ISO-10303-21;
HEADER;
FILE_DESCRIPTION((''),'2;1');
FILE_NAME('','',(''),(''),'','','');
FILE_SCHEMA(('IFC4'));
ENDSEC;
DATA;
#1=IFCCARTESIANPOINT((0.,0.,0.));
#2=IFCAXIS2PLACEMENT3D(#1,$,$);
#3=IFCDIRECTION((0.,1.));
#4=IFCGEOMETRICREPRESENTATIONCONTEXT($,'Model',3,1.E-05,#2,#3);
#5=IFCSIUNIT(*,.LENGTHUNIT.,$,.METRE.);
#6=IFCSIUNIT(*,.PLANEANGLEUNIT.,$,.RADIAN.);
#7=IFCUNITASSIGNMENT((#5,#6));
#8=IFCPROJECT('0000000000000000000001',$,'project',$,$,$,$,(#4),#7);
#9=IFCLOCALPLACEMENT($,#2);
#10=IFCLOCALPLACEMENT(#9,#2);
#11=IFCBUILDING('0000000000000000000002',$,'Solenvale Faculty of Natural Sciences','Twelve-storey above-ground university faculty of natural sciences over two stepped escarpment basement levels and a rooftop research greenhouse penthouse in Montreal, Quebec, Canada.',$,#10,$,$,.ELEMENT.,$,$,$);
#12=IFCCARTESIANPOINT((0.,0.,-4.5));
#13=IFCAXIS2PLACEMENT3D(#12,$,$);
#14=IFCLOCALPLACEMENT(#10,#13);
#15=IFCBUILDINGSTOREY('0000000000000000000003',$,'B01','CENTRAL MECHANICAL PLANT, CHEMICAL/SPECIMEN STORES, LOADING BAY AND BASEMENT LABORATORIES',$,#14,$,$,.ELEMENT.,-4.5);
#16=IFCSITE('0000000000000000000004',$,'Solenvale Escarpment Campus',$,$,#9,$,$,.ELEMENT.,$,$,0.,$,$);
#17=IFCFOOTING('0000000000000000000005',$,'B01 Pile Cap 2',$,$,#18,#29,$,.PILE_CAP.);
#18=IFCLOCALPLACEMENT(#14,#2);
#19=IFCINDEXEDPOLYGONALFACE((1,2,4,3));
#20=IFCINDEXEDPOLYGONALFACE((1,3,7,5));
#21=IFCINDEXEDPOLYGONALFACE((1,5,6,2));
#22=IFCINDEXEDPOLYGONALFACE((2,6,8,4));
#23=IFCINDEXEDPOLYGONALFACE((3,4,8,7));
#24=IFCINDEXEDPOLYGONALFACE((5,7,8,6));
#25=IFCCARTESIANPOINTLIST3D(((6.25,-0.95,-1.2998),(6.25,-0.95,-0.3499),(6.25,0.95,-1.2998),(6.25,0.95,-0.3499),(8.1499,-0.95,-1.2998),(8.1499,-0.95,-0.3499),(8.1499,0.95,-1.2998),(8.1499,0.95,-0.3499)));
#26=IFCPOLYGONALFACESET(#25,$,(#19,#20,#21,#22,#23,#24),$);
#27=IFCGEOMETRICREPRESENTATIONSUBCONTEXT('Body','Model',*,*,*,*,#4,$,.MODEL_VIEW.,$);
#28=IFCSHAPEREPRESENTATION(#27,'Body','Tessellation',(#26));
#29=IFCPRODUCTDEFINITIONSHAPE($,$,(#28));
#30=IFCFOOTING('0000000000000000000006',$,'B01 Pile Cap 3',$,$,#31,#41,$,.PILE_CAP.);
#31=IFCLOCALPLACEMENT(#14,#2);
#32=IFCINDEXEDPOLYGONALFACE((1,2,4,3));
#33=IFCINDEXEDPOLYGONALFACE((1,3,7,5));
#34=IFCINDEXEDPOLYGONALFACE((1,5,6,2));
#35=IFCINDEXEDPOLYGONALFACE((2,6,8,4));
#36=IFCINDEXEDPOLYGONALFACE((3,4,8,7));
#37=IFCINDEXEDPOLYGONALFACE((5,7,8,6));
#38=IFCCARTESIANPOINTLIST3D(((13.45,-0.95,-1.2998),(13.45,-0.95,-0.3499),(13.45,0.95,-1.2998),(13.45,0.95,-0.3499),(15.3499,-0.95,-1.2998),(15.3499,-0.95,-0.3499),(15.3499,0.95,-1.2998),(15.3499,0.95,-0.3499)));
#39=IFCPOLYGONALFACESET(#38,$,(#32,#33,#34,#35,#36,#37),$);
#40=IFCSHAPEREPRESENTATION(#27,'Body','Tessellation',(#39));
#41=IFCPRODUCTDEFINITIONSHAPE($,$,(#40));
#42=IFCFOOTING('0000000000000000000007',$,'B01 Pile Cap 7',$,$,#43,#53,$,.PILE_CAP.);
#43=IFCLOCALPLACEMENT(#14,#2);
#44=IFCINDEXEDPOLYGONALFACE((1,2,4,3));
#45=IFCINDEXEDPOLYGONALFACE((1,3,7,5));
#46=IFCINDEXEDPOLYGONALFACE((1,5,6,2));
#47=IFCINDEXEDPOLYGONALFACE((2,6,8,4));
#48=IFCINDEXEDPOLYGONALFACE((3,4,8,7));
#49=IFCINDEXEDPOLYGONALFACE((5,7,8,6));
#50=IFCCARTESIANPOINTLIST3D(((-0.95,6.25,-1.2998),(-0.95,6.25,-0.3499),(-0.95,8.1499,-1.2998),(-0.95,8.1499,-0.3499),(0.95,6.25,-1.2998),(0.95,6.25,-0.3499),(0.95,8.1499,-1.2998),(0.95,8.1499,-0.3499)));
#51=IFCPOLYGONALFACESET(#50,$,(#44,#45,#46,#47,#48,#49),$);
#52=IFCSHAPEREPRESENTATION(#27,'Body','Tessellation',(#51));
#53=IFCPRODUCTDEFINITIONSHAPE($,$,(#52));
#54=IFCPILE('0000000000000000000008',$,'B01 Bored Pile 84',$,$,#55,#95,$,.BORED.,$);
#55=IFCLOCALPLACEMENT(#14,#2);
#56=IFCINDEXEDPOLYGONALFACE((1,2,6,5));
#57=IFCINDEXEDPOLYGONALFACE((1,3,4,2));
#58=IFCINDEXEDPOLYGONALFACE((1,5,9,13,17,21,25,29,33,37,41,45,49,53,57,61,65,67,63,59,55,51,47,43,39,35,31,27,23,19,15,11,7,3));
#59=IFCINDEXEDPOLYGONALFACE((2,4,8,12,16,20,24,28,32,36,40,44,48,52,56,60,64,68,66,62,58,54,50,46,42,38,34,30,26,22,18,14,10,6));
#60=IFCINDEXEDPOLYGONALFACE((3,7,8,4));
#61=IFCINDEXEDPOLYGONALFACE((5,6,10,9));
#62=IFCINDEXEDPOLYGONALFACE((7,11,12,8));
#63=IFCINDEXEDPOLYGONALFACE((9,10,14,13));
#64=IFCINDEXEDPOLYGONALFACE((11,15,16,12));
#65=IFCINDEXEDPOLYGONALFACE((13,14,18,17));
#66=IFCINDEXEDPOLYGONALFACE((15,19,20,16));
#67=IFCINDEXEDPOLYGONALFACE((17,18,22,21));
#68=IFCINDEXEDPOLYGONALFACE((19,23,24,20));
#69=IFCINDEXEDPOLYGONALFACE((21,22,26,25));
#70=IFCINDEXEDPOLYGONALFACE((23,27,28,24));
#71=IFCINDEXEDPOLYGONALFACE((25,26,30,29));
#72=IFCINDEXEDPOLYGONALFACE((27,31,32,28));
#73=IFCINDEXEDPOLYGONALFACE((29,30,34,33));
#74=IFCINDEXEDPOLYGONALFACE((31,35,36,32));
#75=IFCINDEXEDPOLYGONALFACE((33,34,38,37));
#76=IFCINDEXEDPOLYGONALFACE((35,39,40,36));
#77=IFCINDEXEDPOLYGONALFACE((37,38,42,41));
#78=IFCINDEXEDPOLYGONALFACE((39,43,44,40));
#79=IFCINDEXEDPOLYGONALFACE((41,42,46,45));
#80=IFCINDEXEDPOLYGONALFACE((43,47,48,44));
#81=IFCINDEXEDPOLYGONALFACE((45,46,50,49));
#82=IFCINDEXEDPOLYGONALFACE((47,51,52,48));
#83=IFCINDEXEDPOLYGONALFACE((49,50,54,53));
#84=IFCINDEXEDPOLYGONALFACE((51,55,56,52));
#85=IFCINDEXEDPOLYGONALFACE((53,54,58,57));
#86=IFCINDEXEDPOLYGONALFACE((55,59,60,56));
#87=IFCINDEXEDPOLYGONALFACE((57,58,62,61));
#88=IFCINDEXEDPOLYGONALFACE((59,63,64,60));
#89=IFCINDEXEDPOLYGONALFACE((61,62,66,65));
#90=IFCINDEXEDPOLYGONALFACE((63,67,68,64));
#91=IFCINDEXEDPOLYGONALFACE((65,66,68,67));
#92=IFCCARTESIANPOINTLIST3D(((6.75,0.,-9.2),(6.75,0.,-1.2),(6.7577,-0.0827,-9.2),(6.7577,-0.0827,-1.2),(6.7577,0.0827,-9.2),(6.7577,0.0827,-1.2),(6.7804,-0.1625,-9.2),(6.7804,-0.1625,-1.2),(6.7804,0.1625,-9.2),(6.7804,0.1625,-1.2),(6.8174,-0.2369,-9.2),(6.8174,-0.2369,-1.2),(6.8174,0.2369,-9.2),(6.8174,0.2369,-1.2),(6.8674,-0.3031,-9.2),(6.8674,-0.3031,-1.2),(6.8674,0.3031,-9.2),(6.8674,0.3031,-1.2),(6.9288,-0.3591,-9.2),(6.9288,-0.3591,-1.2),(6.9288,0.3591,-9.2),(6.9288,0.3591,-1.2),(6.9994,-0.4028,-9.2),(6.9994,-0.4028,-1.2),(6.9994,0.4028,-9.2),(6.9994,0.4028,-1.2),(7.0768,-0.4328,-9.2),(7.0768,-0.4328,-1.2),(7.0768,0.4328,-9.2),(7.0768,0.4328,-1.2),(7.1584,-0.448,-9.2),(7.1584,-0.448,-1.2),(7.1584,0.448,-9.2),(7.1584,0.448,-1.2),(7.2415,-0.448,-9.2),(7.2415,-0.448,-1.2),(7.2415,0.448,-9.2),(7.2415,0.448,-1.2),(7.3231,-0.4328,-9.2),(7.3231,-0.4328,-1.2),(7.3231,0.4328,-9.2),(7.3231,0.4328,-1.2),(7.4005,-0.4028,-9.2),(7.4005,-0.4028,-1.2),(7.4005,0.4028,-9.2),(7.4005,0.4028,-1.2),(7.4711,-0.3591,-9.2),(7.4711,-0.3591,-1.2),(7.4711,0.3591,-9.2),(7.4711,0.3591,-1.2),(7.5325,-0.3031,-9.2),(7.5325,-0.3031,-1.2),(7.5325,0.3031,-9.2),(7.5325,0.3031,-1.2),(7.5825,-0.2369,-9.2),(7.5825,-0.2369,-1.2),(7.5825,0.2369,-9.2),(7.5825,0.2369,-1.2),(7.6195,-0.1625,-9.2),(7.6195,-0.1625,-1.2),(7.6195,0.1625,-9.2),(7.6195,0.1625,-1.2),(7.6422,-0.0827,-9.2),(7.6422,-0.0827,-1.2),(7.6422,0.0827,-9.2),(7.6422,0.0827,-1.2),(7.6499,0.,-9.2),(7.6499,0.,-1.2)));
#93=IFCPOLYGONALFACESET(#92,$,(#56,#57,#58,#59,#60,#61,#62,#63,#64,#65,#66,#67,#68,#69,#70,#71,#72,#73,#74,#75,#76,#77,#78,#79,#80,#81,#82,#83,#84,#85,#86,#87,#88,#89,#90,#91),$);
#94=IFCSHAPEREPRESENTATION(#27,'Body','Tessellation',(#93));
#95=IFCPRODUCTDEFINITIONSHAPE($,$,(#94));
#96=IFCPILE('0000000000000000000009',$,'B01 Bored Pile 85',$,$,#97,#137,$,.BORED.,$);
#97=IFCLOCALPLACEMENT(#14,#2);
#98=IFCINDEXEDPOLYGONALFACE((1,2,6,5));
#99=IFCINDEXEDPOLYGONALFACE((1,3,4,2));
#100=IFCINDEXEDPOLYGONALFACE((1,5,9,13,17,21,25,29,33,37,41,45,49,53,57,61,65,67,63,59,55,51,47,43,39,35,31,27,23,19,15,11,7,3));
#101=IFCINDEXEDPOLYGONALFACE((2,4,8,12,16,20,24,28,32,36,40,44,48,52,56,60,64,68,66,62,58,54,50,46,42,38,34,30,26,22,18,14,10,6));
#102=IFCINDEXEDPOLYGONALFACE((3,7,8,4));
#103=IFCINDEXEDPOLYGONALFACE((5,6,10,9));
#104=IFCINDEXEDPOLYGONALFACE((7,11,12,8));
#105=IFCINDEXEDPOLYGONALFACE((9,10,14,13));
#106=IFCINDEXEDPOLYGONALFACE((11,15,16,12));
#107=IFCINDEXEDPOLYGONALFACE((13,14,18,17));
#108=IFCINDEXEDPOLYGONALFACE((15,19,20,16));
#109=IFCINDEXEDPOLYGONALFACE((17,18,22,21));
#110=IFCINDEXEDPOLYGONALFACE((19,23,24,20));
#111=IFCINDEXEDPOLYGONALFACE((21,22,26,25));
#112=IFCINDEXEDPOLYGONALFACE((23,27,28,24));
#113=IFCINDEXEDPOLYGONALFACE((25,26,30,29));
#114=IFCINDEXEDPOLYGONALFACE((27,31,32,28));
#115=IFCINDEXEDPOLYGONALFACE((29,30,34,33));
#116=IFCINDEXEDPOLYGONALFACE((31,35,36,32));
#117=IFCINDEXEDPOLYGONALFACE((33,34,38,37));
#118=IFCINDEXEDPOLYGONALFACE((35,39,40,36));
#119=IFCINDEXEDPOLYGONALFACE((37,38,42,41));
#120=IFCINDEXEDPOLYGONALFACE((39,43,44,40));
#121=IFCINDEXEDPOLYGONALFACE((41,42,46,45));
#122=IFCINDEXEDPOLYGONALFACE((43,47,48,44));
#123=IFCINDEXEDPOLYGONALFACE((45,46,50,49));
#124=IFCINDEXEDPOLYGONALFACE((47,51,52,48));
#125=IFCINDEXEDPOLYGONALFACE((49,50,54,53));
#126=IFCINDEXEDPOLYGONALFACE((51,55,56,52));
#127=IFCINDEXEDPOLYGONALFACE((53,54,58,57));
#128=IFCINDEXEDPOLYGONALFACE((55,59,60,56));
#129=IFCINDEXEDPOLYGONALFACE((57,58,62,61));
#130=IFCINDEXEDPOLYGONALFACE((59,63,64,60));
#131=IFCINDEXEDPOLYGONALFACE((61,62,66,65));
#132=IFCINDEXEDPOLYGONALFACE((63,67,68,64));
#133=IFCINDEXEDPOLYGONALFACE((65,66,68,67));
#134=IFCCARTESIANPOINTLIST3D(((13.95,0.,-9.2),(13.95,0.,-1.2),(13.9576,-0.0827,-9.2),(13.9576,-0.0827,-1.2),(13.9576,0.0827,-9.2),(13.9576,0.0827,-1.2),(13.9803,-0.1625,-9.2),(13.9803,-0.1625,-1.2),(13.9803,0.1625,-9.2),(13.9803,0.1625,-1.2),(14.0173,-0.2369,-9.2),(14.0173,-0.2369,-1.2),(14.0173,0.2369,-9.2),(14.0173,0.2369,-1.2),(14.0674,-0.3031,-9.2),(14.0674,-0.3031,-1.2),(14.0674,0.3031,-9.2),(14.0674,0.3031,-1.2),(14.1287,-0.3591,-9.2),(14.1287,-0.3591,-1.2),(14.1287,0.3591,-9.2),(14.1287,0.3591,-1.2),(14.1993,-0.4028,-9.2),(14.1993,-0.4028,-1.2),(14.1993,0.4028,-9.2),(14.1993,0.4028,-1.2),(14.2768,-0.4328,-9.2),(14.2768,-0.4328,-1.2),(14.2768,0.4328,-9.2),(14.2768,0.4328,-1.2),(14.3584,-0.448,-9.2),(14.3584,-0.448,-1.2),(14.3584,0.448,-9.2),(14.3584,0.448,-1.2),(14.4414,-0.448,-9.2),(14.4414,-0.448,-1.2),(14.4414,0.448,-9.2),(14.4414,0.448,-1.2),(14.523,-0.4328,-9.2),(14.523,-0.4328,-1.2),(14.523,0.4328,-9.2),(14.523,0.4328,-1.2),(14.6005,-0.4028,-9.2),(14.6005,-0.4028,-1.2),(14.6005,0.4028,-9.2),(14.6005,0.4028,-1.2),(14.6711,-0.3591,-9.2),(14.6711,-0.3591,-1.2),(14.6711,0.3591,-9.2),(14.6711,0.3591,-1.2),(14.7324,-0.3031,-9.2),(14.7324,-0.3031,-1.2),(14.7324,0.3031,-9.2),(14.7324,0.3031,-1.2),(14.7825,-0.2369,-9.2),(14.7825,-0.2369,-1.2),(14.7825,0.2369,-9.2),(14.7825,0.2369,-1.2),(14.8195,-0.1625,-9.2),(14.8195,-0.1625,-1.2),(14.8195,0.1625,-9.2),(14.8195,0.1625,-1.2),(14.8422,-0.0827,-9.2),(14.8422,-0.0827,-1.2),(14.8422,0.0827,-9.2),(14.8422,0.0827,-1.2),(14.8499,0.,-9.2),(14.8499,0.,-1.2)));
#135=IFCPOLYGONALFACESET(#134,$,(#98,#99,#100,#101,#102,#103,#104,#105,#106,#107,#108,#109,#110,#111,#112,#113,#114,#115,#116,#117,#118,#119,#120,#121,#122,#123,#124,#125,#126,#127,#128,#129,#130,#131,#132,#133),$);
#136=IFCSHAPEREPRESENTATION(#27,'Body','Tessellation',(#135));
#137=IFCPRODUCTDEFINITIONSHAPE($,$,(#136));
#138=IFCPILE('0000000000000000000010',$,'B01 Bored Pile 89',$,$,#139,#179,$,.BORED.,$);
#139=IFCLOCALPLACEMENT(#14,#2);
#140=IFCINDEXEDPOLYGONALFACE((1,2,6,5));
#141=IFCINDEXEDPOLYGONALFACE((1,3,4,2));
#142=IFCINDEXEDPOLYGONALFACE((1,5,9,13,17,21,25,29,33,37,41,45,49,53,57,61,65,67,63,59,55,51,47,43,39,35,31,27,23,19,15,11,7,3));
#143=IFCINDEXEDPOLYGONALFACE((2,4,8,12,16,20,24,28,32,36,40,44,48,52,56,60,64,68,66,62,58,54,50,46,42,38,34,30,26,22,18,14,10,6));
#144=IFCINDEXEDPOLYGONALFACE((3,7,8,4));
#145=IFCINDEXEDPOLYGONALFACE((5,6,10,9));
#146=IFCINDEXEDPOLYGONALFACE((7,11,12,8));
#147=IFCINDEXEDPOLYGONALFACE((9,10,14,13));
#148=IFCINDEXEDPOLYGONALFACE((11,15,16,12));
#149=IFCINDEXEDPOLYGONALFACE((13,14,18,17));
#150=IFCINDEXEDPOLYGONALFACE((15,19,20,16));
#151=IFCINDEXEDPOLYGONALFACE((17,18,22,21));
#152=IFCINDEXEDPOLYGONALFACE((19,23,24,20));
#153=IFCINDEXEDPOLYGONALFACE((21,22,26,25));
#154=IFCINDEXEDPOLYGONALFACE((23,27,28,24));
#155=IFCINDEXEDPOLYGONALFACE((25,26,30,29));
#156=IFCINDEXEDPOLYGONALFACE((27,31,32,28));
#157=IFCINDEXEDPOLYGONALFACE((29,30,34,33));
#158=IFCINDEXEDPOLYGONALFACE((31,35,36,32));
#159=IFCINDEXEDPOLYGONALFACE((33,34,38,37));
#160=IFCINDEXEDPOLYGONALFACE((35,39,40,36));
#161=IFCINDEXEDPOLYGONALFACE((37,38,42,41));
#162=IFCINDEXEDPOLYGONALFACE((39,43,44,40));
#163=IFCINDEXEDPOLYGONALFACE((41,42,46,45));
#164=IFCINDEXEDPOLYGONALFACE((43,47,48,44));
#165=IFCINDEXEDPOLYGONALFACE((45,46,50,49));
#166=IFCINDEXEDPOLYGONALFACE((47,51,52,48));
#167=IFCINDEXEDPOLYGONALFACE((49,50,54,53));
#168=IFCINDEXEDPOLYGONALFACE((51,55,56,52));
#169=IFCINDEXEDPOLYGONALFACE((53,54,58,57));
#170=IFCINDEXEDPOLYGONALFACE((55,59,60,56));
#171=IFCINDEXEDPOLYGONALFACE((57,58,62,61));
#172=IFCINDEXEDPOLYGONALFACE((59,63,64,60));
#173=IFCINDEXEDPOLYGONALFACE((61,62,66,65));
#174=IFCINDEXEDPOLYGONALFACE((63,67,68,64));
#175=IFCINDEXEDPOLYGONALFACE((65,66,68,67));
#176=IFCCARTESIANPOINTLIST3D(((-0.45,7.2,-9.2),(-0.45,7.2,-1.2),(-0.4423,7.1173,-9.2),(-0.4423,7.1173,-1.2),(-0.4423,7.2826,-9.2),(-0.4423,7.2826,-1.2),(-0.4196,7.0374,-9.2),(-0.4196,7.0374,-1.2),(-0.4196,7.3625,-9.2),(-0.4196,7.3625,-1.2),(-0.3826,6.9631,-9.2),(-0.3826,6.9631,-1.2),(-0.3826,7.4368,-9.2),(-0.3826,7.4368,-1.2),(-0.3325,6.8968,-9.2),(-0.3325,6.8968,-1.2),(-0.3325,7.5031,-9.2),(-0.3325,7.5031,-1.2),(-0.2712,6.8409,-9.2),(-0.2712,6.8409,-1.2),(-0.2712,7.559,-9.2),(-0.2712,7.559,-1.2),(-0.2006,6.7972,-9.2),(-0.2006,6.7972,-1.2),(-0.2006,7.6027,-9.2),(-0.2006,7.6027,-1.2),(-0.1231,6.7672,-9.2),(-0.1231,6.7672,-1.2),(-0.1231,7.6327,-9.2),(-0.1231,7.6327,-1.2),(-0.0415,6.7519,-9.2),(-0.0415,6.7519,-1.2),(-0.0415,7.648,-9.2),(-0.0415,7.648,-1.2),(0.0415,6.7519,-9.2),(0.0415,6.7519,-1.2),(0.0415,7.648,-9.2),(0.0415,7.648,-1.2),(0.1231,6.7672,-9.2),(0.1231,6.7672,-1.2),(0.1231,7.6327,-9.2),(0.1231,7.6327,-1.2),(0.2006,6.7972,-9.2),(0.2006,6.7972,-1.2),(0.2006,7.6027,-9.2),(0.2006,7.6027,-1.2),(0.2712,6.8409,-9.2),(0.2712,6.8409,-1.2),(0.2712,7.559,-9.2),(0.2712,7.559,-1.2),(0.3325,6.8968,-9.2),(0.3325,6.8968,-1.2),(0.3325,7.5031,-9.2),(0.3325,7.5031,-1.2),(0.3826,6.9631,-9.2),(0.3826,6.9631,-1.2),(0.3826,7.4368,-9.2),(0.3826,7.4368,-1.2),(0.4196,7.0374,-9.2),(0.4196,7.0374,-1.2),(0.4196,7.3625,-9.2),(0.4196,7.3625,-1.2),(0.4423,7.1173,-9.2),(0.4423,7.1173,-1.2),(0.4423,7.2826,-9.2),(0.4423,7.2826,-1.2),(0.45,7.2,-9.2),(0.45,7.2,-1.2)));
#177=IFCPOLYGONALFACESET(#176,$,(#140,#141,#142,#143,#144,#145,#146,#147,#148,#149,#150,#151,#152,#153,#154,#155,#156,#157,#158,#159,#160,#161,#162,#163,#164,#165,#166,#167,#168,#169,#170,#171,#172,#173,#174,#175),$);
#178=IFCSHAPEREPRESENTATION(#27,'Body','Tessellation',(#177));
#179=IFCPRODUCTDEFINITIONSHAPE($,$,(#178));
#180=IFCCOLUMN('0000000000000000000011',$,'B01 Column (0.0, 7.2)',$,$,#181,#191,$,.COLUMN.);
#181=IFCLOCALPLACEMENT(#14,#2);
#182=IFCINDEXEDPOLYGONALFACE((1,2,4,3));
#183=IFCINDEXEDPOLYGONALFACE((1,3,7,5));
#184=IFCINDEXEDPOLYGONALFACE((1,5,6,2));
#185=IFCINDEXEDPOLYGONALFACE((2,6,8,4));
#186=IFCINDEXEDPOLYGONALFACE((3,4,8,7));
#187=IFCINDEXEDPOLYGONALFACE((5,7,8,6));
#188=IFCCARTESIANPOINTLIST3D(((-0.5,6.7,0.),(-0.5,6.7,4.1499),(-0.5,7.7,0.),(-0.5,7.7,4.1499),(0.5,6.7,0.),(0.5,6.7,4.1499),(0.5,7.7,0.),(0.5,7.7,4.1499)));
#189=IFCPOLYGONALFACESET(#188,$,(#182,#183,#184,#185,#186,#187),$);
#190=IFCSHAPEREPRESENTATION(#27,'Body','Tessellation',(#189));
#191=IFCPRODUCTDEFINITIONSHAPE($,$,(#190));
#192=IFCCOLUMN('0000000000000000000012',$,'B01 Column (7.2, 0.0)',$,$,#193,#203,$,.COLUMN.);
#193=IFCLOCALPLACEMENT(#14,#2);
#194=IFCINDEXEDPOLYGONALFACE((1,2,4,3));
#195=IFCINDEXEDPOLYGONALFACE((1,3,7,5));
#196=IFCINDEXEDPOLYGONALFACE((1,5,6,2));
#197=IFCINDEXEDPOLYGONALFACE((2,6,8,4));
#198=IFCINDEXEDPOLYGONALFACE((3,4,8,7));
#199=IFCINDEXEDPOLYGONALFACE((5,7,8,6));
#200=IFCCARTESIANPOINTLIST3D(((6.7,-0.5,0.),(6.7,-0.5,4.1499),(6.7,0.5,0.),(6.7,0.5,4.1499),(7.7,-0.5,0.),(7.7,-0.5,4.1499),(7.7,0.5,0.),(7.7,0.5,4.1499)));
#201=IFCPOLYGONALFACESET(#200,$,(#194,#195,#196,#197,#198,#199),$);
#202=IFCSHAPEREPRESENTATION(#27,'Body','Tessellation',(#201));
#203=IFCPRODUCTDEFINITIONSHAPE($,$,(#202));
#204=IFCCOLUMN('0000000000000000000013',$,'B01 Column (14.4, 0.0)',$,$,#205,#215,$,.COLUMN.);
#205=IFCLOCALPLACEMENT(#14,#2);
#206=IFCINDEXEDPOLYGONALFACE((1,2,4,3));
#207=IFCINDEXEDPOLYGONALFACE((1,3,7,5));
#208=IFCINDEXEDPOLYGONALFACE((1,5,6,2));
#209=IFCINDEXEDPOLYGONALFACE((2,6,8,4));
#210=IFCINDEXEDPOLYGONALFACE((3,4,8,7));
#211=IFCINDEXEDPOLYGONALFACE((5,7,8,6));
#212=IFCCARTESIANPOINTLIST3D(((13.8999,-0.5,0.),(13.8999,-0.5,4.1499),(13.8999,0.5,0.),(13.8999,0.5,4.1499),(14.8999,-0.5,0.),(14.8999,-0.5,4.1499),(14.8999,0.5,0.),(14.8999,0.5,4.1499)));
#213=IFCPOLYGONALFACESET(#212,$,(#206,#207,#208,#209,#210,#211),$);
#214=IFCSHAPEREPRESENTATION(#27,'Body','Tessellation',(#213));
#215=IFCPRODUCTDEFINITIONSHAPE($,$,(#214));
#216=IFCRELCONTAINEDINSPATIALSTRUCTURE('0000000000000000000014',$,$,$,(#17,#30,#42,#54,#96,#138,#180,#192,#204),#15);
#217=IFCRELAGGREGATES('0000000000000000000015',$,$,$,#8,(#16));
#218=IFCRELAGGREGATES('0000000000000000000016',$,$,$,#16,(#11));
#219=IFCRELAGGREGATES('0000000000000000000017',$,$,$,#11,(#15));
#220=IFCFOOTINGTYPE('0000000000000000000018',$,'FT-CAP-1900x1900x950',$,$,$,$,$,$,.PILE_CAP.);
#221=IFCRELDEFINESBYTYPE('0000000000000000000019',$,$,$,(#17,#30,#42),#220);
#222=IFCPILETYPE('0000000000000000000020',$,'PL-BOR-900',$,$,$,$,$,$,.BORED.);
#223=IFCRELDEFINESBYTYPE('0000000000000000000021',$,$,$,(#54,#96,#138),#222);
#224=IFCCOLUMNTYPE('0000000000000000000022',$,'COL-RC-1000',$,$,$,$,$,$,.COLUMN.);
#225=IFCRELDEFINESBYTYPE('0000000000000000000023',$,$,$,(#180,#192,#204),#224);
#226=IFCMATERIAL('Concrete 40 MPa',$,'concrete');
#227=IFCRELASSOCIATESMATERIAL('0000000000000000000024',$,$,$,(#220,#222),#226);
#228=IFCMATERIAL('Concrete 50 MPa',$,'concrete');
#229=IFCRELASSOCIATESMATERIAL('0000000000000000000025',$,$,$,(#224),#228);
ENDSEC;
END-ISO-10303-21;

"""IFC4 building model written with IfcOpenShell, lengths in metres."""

from ifc_helpers import new_model, si_unit, direction, frame, origin, origin_2d, place, context, subcontext, project, spatial, rectangle, circle, extrude, material, material_profile, profile_set, type_object, element, save


model = new_model("IFC4")

# Units and contexts
model_context = context("Model", 3, precision=1e-05, world=origin(), true_north=direction((0.0, 1.0)))
body_context = subcontext(model_context, "Body", "Model", "MODEL_VIEW")
ifc_project = project(units=[si_unit("LENGTHUNIT", "METRE"), si_unit("PLANEANGLEUNIT", "RADIAN")], contexts=[model_context])

# Site, building, storey
site_placement = place(None, origin())
site = spatial("IfcSite", under=ifc_project, at=site_placement, Name="Solenvale Escarpment Campus", CompositionType="ELEMENT", RefElevation=0.0)
building_placement = place(site_placement, origin())
building = spatial("IfcBuilding", under=site, at=building_placement, Name="Solenvale Faculty of Natural Sciences", Description="Twelve-storey above-ground university faculty of natural sciences over two stepped escarpment basement levels and a rooftop research greenhouse penthouse in Montreal, Quebec, Canada.", CompositionType="ELEMENT")
storey_placement = place(building_placement, frame((0.0, 0.0, -4.5)))
storey = spatial("IfcBuildingStorey", under=building, at=storey_placement, Name="B01", Description="CENTRAL MECHANICAL PLANT, CHEMICAL/SPECIMEN STORES, LOADING BAY AND BASEMENT LABORATORIES", CompositionType="ELEMENT", Elevation=-4.5)

# Footings
ifc_material_1 = material(Name="Concrete 40 MPa", Category="concrete")
footing_type = type_object("IfcFootingType", Name="FT-CAP-1900x1900x950", PredefinedType="PILE_CAP", material=ifc_material_1)
for number, where, z_axis, x_axis, name in (
    (1, (7.2, 0.0, -1.2998), (0.0, 0.0, 1.0), (1.0, 0.0, 0.0), "B01 Pile Cap 2"),
    (2, (14.3999, 0.0, -1.2998), (0.0, 0.0, 1.0), (1.0, 0.0, 0.0), "B01 Pile Cap 3"),
    (3, (0.0, 7.2, -1.2998), (0.0, 0.0, 1.0), (1.0, 0.0, 0.0), "B01 Pile Cap 7"),
):
    element("IfcFooting", number, at=place(storey_placement, frame(where, z_axis=z_axis, x_axis=x_axis)), inside=storey, type_object=footing_type, Name=name, PredefinedType="PILE_CAP", context=body_context, shape_type="SweptSolid", body=[
        extrude(rectangle(XDim=1.8999, YDim=1.8999, at=origin_2d()), origin(), (0.0, 0.0, 1.0), 0.95),
    ])

# Piles
ifc_material_profile_1 = material_profile(ifc_material_1, circle(Radius=0.45, at=origin_2d()), Name="PILE-D900")
ifc_profile_set_1 = profile_set([ifc_material_profile_1], Name="Concrete 40 MPa")
pile_type = type_object("IfcPileType", Name="PL-BOR-900", PredefinedType="BORED", material=ifc_profile_set_1)
for number, where, z_axis, x_axis, name in (
    (4, (7.2, 0.0, -1.2), (0.0, 0.0, -1.0), (1.0, 0.0, 0.0), "B01 Bored Pile 84"),
    (5, (14.3999, 0.0, -1.2), (0.0, 0.0, -1.0), (1.0, 0.0, 0.0), "B01 Bored Pile 85"),
    (6, (0.0, 7.2, -1.2), (0.0, 0.0, -1.0), (1.0, 0.0, 0.0), "B01 Bored Pile 89"),
):
    element("IfcPile", number, at=place(storey_placement, frame(where, z_axis=z_axis, x_axis=x_axis)), inside=storey, type_object=pile_type, Name=name, PredefinedType="BORED", context=body_context, shape_type="SweptSolid", body=[
        extrude(circle(Radius=0.45, at=origin_2d()), origin(), (0.0, 0.0, 1.0), 8.0),
    ])

# Columns
ifc_material_2 = material(Name="Concrete 50 MPa", Category="concrete")
ifc_material_profile_2 = material_profile(ifc_material_2, rectangle(XDim=1.0, YDim=1.0, at=origin_2d()), Name="RC-COL-1000x1000")
ifc_profile_set_2 = profile_set([ifc_material_profile_2], Name="Concrete 50 MPa")
column_type = type_object("IfcColumnType", Name="COL-RC-1000", PredefinedType="COLUMN", material=ifc_profile_set_2)
for number, where, z_axis, x_axis, name in (
    (7, (0.0, 7.2, 0.0), (0.0, 0.0, 1.0), (1.0, 0.0, 0.0), "B01 Column (0.0, 7.2)"),
    (8, (7.2, 0.0, 0.0), (0.0, 0.0, 1.0), (1.0, 0.0, 0.0), "B01 Column (7.2, 0.0)"),
    (9, (14.3999, 0.0, 0.0), (0.0, 0.0, 1.0), (1.0, 0.0, 0.0), "B01 Column (14.4, 0.0)"),
):
    element("IfcColumn", number, at=place(storey_placement, frame(where, z_axis=z_axis, x_axis=x_axis)), inside=storey, type_object=column_type, Name=name, PredefinedType="COLUMN", context=body_context, shape_type="SweptSolid", body=[
        extrude(rectangle(XDim=1.0, YDim=1.0, at=origin_2d()), origin(), (0.0, 0.0, 1.0), 4.1499),
    ])

save(model, "model.ifc")
